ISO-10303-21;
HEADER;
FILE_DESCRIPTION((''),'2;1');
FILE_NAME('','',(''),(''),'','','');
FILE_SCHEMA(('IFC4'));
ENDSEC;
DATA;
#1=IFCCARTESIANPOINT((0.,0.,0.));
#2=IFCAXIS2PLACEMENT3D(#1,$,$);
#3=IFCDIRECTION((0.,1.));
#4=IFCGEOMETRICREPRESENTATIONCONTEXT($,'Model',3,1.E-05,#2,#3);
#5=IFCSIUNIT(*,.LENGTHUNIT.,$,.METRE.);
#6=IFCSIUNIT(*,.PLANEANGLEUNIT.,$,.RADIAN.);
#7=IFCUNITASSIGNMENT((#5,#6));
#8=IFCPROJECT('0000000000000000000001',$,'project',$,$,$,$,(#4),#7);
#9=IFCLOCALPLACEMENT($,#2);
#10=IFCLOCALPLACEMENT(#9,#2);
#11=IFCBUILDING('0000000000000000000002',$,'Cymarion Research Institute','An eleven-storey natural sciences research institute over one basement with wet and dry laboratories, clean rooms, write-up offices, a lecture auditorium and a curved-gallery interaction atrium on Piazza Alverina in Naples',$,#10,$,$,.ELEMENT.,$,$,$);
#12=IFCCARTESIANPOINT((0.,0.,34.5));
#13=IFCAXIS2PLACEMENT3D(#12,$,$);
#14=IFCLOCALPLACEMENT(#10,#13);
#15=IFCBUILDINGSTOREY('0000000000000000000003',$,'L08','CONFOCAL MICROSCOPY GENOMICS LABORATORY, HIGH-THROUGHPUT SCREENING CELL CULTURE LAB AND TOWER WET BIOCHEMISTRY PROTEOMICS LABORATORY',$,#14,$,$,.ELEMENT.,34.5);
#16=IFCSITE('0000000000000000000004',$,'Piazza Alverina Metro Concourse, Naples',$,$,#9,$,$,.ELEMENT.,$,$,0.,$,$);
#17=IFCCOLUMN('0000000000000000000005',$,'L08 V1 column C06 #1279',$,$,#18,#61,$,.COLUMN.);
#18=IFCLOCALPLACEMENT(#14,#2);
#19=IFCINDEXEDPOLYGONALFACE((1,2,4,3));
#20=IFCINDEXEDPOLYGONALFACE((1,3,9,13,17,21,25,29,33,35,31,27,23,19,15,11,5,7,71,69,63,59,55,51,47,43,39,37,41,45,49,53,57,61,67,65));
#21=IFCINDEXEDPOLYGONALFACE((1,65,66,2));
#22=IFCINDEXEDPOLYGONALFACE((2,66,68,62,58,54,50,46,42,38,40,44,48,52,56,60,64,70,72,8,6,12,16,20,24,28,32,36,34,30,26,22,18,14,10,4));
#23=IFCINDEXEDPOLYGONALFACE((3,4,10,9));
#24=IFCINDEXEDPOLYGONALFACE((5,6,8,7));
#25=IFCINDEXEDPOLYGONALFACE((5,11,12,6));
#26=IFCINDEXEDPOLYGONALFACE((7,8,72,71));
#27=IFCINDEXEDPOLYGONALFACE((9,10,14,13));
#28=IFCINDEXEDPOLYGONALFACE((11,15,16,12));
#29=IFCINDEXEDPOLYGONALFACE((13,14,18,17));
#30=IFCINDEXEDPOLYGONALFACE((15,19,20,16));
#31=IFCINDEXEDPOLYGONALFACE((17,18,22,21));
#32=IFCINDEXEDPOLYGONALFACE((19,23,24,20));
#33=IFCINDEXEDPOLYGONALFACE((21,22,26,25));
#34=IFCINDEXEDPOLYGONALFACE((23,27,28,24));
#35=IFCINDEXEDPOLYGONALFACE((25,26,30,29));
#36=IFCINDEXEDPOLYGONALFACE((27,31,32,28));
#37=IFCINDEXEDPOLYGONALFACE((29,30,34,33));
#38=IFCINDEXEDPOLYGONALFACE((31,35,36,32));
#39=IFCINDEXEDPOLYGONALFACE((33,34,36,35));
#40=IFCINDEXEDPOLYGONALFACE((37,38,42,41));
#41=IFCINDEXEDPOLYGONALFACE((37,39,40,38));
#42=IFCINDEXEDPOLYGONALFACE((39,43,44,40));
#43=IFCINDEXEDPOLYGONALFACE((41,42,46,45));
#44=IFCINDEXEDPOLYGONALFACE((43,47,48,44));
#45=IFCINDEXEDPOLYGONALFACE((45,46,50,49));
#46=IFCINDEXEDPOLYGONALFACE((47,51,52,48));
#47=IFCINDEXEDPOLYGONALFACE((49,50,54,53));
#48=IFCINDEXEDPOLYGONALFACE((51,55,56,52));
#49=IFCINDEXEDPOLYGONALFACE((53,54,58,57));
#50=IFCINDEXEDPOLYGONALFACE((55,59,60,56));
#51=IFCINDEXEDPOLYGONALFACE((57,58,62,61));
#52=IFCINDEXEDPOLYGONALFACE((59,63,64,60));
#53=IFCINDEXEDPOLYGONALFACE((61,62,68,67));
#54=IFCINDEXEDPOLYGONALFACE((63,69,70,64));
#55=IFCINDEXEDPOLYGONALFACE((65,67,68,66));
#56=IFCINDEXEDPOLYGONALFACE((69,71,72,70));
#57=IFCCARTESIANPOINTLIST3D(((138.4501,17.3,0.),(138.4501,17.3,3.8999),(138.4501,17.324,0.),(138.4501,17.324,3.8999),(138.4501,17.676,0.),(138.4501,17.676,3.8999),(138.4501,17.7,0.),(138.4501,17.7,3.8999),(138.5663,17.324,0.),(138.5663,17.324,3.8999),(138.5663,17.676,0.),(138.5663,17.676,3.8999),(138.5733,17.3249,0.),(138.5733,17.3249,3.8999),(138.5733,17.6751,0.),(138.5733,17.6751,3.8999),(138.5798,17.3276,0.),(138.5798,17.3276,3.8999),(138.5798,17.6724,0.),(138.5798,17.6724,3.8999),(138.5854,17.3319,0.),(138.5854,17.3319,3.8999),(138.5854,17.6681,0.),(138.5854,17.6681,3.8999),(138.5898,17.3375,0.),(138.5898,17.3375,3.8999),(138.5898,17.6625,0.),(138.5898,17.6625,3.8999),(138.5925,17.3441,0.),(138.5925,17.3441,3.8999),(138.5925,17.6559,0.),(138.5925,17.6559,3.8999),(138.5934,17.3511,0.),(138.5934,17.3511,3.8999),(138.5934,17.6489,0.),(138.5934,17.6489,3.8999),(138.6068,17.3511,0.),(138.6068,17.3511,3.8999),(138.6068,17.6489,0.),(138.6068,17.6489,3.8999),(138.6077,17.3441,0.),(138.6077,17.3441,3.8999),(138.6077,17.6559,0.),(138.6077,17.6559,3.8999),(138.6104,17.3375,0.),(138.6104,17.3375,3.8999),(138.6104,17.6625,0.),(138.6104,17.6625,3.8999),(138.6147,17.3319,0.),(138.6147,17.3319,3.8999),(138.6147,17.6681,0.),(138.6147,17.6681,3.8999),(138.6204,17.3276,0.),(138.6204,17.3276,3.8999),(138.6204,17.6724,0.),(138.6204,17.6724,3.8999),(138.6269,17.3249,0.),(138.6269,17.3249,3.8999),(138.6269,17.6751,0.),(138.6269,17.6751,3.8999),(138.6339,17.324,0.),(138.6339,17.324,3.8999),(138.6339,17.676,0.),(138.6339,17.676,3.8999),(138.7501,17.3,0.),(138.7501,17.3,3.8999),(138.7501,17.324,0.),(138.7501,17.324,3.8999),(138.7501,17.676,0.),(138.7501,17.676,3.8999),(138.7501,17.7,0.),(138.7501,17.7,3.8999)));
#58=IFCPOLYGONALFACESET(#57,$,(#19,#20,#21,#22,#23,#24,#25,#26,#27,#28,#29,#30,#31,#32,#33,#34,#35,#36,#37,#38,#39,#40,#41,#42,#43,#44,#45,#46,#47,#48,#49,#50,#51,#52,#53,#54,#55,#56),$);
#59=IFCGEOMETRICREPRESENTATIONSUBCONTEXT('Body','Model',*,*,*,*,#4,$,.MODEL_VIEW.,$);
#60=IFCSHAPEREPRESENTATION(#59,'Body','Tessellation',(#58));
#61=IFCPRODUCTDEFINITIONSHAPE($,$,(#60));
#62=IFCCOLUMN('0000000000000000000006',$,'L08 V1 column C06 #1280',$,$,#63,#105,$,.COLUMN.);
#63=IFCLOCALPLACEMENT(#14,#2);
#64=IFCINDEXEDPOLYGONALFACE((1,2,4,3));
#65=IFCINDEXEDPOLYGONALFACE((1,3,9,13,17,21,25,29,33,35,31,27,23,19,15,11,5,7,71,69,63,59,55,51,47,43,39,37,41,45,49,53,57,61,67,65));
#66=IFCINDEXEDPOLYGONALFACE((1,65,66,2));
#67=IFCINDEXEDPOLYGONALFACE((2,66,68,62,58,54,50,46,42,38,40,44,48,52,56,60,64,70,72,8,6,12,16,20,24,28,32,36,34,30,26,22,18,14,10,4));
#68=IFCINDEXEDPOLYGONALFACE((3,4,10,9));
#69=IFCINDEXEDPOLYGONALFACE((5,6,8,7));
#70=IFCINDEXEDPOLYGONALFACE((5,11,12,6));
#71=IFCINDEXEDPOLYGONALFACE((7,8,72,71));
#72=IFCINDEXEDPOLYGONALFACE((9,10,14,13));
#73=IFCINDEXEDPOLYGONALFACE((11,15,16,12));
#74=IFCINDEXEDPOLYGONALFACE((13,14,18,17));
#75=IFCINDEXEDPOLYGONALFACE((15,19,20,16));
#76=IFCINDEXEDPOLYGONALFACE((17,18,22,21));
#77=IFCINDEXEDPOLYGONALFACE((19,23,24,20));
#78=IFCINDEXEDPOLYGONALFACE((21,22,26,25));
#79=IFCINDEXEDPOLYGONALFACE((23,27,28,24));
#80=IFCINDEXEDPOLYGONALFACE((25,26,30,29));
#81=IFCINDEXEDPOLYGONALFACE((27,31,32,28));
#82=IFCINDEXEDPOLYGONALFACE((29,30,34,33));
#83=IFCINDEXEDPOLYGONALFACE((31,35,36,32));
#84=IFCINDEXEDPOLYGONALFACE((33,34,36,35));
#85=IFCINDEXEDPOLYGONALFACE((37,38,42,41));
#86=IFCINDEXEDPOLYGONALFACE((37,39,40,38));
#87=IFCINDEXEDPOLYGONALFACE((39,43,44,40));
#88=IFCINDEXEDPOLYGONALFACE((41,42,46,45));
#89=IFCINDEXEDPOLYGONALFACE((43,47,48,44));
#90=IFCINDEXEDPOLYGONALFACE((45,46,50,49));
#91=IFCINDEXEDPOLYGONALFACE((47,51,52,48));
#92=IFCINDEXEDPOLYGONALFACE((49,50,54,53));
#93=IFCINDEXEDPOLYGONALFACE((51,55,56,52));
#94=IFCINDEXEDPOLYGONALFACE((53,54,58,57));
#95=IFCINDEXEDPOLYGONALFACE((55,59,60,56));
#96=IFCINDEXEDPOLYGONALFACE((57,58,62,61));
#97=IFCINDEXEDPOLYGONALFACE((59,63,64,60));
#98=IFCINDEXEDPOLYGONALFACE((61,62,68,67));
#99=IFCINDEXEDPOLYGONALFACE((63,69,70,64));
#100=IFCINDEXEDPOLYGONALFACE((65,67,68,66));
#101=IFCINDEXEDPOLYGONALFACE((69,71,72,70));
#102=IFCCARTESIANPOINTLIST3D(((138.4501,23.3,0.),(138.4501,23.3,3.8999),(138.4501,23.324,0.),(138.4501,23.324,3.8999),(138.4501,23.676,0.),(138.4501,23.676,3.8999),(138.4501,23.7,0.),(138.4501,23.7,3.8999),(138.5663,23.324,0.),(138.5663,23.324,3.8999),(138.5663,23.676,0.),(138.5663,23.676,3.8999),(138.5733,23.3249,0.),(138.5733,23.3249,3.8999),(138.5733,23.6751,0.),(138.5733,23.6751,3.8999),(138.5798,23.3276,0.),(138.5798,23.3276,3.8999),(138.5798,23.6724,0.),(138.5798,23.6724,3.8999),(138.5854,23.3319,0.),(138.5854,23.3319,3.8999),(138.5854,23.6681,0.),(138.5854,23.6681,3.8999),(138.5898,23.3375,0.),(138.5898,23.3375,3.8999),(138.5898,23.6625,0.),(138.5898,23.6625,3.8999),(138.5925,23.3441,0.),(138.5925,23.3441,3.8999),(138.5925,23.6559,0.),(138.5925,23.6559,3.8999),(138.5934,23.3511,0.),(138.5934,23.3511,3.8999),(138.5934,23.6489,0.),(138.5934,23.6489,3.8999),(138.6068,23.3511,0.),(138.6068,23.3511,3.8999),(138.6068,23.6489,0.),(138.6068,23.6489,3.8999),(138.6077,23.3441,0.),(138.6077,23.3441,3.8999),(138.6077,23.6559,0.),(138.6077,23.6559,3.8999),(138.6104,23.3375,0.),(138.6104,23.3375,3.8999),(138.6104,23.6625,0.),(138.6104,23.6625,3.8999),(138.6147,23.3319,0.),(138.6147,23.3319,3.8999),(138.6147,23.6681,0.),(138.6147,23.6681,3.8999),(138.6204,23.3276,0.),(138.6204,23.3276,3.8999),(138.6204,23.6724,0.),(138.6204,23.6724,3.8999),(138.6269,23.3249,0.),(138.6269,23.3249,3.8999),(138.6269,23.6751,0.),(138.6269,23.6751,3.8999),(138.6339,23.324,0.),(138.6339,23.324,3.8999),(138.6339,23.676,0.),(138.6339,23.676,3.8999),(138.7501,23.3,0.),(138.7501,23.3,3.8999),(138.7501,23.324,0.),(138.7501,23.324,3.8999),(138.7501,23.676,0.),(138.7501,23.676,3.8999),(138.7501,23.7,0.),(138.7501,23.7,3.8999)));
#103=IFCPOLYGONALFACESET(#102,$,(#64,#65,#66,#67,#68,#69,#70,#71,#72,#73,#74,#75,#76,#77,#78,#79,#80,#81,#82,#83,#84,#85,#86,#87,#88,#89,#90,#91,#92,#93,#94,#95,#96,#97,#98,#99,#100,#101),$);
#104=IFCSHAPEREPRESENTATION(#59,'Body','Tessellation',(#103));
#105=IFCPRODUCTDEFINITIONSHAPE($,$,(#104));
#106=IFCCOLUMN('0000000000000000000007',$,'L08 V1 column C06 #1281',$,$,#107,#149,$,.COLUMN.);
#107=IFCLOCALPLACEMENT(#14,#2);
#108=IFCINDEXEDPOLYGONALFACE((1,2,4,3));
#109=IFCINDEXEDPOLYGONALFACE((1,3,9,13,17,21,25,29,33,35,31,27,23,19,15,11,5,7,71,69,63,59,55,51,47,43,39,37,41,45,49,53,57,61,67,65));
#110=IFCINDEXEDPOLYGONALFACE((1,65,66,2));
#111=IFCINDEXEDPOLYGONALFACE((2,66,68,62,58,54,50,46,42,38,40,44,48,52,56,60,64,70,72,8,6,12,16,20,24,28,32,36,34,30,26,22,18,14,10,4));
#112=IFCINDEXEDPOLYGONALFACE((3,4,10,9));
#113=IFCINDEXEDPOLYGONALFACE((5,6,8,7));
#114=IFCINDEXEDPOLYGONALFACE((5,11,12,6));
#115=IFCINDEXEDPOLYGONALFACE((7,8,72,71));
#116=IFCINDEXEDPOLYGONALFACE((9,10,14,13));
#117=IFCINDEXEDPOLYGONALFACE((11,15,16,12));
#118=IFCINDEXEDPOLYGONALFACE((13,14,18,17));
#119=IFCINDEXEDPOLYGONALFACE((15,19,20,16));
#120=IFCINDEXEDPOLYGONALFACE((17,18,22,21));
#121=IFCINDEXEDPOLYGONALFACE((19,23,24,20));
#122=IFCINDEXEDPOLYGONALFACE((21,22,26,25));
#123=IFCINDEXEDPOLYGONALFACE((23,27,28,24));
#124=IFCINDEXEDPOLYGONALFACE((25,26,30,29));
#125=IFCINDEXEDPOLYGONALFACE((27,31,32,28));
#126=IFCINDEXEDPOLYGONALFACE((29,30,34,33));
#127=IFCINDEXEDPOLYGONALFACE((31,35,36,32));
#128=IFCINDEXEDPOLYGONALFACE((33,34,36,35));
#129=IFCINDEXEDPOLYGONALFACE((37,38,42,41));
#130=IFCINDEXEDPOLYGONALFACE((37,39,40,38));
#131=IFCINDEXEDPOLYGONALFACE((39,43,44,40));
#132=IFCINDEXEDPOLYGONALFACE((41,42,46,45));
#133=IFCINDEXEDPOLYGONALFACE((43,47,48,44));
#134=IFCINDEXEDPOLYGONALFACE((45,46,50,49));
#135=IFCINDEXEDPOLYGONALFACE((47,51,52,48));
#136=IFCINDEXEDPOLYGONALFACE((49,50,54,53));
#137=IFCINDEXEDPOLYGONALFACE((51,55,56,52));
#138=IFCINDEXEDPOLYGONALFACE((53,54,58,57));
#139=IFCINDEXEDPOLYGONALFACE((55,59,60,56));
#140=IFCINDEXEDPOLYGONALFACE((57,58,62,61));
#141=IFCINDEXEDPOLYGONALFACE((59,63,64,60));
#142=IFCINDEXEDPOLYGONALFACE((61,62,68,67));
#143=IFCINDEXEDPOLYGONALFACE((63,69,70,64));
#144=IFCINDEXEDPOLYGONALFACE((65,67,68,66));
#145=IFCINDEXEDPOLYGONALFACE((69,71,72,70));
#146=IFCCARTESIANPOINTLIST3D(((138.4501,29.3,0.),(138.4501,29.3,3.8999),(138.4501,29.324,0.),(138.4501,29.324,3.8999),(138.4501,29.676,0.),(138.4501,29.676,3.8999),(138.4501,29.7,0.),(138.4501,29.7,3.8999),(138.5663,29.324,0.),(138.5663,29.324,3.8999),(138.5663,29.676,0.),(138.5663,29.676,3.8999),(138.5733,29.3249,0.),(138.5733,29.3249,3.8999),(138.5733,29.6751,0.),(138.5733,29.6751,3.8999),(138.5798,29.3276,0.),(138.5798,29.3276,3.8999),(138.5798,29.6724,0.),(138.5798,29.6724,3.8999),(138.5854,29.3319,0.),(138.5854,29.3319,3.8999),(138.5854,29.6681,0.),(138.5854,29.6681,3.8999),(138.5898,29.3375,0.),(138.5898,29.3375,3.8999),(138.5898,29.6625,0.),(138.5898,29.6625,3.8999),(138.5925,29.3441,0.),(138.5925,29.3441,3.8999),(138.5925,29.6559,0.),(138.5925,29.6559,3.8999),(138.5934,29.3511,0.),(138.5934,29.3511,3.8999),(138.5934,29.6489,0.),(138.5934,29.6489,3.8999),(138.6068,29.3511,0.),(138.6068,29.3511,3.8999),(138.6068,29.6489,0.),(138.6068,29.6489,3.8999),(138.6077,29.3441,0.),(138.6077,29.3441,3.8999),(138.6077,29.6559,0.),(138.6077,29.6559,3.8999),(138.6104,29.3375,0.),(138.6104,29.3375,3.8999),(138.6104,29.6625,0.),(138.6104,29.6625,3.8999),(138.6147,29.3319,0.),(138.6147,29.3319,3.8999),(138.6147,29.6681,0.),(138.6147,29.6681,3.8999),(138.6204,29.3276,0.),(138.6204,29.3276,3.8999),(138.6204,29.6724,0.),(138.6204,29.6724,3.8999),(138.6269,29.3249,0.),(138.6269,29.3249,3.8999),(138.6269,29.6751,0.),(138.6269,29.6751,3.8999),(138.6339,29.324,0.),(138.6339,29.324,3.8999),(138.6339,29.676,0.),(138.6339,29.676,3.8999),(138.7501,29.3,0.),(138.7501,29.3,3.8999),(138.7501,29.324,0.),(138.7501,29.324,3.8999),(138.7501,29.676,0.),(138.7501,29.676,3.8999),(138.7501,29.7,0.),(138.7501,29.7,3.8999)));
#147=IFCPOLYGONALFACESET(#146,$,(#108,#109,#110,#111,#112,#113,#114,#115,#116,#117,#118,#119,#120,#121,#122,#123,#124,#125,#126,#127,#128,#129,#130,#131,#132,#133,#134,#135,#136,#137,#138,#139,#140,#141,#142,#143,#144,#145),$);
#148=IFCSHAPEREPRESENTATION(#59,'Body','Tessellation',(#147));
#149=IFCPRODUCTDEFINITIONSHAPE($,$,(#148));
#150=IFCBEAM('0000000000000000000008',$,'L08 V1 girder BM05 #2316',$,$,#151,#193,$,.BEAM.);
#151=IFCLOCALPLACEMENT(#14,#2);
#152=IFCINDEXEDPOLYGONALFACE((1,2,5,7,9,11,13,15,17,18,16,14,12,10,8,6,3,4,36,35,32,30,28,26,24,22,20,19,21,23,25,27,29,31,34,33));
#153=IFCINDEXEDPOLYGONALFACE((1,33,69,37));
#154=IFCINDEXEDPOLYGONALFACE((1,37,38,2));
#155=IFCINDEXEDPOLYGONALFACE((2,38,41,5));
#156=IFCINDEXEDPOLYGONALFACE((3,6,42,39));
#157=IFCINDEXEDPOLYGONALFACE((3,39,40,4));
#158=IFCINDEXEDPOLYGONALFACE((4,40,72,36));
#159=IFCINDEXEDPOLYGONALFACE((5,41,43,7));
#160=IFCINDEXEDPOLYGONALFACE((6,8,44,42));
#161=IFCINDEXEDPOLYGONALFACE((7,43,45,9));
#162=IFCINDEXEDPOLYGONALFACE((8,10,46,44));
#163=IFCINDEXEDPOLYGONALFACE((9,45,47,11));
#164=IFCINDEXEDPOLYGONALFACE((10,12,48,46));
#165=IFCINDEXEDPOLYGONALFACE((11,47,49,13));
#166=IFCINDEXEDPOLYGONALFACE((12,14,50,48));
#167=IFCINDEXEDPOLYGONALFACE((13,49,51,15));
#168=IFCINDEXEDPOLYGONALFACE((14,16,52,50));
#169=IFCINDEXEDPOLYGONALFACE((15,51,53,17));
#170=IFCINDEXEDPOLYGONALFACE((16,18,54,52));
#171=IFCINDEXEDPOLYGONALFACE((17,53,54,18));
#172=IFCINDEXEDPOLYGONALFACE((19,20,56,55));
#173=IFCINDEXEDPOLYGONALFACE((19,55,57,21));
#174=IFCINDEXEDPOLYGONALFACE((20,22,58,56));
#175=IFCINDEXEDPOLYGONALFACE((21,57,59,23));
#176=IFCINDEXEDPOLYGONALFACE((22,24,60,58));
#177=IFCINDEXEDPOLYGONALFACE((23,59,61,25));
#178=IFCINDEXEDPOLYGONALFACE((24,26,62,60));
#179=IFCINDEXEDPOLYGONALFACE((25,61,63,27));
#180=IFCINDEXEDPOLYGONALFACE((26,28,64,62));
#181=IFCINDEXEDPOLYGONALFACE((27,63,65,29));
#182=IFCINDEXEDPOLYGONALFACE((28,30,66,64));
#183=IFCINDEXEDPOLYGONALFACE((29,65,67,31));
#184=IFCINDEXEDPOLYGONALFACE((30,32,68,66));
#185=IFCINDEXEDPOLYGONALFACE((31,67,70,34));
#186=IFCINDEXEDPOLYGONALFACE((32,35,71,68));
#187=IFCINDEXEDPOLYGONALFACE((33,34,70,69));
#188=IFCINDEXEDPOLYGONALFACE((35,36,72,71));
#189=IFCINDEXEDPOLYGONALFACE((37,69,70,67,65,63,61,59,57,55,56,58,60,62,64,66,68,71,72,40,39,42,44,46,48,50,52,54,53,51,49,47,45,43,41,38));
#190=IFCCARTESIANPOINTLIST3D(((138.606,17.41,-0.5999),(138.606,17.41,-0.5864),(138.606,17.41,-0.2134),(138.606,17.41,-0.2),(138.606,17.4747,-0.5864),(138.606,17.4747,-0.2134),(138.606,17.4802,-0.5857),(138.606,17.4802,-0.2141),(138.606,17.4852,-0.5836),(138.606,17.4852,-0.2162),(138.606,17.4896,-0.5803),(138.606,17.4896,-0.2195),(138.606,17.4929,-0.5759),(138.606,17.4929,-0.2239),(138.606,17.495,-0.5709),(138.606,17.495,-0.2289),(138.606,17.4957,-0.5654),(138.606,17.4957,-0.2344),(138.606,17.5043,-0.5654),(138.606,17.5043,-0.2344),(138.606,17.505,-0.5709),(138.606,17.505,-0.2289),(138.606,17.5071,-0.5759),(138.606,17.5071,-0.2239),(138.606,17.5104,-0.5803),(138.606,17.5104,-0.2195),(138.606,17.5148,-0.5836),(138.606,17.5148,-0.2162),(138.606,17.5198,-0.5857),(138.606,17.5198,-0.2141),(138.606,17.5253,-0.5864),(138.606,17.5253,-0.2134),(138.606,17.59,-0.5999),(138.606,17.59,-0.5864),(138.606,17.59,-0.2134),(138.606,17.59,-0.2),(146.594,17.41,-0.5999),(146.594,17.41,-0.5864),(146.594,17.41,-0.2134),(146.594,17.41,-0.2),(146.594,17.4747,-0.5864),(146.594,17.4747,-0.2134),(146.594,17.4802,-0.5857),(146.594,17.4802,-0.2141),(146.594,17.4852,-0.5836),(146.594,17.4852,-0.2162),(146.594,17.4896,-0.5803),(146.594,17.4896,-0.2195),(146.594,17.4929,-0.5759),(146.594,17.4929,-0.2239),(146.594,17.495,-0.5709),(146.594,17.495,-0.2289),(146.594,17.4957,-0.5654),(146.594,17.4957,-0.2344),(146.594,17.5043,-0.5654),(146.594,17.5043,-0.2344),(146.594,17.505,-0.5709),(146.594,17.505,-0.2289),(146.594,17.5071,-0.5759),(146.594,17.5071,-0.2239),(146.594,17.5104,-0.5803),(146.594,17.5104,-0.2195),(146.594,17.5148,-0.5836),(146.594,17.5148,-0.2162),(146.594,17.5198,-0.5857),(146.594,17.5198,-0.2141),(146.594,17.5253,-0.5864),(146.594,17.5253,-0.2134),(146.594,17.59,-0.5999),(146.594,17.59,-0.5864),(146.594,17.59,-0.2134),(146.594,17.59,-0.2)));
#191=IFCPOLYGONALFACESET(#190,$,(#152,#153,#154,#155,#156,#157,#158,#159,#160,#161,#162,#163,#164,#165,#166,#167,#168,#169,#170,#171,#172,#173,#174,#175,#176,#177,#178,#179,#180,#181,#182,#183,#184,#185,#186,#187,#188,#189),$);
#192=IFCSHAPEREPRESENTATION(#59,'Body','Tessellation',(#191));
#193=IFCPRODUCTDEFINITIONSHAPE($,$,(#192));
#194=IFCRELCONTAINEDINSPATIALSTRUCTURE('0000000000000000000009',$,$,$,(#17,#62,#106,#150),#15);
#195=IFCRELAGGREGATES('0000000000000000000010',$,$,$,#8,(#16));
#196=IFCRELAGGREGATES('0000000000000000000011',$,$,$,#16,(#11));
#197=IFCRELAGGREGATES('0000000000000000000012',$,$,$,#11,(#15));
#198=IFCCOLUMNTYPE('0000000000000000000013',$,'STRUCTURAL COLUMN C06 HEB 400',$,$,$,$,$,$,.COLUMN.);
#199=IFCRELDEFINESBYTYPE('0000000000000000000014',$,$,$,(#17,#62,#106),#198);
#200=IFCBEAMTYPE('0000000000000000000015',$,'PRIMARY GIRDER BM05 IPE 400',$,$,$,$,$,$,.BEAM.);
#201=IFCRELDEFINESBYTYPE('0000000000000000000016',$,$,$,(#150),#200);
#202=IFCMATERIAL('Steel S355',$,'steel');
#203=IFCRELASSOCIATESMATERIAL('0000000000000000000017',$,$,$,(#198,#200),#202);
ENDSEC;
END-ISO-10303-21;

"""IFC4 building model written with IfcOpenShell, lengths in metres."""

from ifc_helpers import new_model, si_unit, direction, frame, origin, origin_2d, place, context, subcontext, project, spatial, i_section, extrude, material, material_profile, profile_set, type_object, element, save


model = new_model("IFC4")

# Units and contexts
model_context = context("Model", 3, precision=1e-05, world=origin(), true_north=direction((0.0, 1.0)))
body_context = subcontext(model_context, "Body", "Model", "MODEL_VIEW")
ifc_project = project(units=[si_unit("LENGTHUNIT", "METRE"), si_unit("PLANEANGLEUNIT", "RADIAN")], contexts=[model_context])

# Site, building, storey
site_placement = place(None, origin())
site = spatial("IfcSite", under=ifc_project, at=site_placement, Name="Piazza Alverina Metro Concourse, Naples", CompositionType="ELEMENT", RefElevation=0.0)
building_placement = place(site_placement, origin())
building = spatial("IfcBuilding", under=site, at=building_placement, Name="Cymarion Research Institute", Description="An eleven-storey natural sciences research institute over one basement with wet and dry laboratories, clean rooms, write-up offices, a lecture auditorium and a curved-gallery interaction atrium on Piazza Alverina in Naples", CompositionType="ELEMENT")
storey_placement = place(building_placement, frame((0.0, 0.0, 34.5)))
storey = spatial("IfcBuildingStorey", under=building, at=storey_placement, Name="L08", Description="CONFOCAL MICROSCOPY GENOMICS LABORATORY, HIGH-THROUGHPUT SCREENING CELL CULTURE LAB AND TOWER WET BIOCHEMISTRY PROTEOMICS LABORATORY", CompositionType="ELEMENT", Elevation=34.5)

# Columns
ifc_material_1 = material(Name="Steel S355", Category="steel")
ifc_material_profile_1 = material_profile(ifc_material_1, i_section(OverallWidth=0.3, OverallDepth=0.3999, WebThickness=0.0134, FlangeThickness=0.0239, FilletRadius=0.0271, at=origin_2d()), Name="HEB 400")
ifc_profile_set_1 = profile_set([ifc_material_profile_1], Name="Steel S355")
column_type = type_object("IfcColumnType", Name="STRUCTURAL COLUMN C06 HEB 400", PredefinedType="COLUMN", material=ifc_profile_set_1)
for number, where, z_axis, x_axis, name in (
    (1, (138.6001, 17.5, 0.0), (0.0, 0.0, 1.0), (1.0, 0.0, 0.0), "L08 V1 column C06 #1279"),
    (2, (138.6001, 23.5, 0.0), (0.0, 0.0, 1.0), (1.0, 0.0, 0.0), "L08 V1 column C06 #1280"),
    (3, (138.6001, 29.5, 0.0), (0.0, 0.0, 1.0), (1.0, 0.0, 0.0), "L08 V1 column C06 #1281"),
):
    element("IfcColumn", number, at=place(storey_placement, frame(where, z_axis=z_axis, x_axis=x_axis)), inside=storey, type_object=column_type, Name=name, PredefinedType="COLUMN", context=body_context, shape_type="SweptSolid", body=[
        extrude(i_section(OverallWidth=0.3, OverallDepth=0.3999, WebThickness=0.0134, FlangeThickness=0.0239, FilletRadius=0.0271, at=origin_2d()), origin(), (0.0, 0.0, 1.0), 3.8999),
    ])

# Beam
ifc_material_profile_2 = material_profile(ifc_material_1, i_section(OverallWidth=0.1799, OverallDepth=0.3999, WebThickness=0.0085, FlangeThickness=0.0134, FilletRadius=0.021, at=origin_2d()), Name="IPE 400")
ifc_profile_set_2 = profile_set([ifc_material_profile_2], Name="Steel S355")
beam_type_1 = type_object("IfcBeamType", Name="PRIMARY GIRDER BM05 IPE 400", PredefinedType="BEAM", material=ifc_profile_set_2)
for number, where, z_axis, x_axis, name in (
    (4, (138.606, 17.5, -0.3999), (1.0, 0.0, 0.0), (0.0, 1.0, 0.0), "L08 V1 girder BM05 #2316"),
):
    element("IfcBeam", number, at=place(storey_placement, frame(where, z_axis=z_axis, x_axis=x_axis)), inside=storey, type_object=beam_type_1, Name=name, PredefinedType="BEAM", context=body_context, shape_type="SweptSolid", body=[
        extrude(i_section(OverallWidth=0.1799, OverallDepth=0.3999, WebThickness=0.0085, FlangeThickness=0.0134, FilletRadius=0.021, at=origin_2d()), origin(), (0.0, 0.0, 1.0), 7.988),
    ])

save(model, "model.ifc")
